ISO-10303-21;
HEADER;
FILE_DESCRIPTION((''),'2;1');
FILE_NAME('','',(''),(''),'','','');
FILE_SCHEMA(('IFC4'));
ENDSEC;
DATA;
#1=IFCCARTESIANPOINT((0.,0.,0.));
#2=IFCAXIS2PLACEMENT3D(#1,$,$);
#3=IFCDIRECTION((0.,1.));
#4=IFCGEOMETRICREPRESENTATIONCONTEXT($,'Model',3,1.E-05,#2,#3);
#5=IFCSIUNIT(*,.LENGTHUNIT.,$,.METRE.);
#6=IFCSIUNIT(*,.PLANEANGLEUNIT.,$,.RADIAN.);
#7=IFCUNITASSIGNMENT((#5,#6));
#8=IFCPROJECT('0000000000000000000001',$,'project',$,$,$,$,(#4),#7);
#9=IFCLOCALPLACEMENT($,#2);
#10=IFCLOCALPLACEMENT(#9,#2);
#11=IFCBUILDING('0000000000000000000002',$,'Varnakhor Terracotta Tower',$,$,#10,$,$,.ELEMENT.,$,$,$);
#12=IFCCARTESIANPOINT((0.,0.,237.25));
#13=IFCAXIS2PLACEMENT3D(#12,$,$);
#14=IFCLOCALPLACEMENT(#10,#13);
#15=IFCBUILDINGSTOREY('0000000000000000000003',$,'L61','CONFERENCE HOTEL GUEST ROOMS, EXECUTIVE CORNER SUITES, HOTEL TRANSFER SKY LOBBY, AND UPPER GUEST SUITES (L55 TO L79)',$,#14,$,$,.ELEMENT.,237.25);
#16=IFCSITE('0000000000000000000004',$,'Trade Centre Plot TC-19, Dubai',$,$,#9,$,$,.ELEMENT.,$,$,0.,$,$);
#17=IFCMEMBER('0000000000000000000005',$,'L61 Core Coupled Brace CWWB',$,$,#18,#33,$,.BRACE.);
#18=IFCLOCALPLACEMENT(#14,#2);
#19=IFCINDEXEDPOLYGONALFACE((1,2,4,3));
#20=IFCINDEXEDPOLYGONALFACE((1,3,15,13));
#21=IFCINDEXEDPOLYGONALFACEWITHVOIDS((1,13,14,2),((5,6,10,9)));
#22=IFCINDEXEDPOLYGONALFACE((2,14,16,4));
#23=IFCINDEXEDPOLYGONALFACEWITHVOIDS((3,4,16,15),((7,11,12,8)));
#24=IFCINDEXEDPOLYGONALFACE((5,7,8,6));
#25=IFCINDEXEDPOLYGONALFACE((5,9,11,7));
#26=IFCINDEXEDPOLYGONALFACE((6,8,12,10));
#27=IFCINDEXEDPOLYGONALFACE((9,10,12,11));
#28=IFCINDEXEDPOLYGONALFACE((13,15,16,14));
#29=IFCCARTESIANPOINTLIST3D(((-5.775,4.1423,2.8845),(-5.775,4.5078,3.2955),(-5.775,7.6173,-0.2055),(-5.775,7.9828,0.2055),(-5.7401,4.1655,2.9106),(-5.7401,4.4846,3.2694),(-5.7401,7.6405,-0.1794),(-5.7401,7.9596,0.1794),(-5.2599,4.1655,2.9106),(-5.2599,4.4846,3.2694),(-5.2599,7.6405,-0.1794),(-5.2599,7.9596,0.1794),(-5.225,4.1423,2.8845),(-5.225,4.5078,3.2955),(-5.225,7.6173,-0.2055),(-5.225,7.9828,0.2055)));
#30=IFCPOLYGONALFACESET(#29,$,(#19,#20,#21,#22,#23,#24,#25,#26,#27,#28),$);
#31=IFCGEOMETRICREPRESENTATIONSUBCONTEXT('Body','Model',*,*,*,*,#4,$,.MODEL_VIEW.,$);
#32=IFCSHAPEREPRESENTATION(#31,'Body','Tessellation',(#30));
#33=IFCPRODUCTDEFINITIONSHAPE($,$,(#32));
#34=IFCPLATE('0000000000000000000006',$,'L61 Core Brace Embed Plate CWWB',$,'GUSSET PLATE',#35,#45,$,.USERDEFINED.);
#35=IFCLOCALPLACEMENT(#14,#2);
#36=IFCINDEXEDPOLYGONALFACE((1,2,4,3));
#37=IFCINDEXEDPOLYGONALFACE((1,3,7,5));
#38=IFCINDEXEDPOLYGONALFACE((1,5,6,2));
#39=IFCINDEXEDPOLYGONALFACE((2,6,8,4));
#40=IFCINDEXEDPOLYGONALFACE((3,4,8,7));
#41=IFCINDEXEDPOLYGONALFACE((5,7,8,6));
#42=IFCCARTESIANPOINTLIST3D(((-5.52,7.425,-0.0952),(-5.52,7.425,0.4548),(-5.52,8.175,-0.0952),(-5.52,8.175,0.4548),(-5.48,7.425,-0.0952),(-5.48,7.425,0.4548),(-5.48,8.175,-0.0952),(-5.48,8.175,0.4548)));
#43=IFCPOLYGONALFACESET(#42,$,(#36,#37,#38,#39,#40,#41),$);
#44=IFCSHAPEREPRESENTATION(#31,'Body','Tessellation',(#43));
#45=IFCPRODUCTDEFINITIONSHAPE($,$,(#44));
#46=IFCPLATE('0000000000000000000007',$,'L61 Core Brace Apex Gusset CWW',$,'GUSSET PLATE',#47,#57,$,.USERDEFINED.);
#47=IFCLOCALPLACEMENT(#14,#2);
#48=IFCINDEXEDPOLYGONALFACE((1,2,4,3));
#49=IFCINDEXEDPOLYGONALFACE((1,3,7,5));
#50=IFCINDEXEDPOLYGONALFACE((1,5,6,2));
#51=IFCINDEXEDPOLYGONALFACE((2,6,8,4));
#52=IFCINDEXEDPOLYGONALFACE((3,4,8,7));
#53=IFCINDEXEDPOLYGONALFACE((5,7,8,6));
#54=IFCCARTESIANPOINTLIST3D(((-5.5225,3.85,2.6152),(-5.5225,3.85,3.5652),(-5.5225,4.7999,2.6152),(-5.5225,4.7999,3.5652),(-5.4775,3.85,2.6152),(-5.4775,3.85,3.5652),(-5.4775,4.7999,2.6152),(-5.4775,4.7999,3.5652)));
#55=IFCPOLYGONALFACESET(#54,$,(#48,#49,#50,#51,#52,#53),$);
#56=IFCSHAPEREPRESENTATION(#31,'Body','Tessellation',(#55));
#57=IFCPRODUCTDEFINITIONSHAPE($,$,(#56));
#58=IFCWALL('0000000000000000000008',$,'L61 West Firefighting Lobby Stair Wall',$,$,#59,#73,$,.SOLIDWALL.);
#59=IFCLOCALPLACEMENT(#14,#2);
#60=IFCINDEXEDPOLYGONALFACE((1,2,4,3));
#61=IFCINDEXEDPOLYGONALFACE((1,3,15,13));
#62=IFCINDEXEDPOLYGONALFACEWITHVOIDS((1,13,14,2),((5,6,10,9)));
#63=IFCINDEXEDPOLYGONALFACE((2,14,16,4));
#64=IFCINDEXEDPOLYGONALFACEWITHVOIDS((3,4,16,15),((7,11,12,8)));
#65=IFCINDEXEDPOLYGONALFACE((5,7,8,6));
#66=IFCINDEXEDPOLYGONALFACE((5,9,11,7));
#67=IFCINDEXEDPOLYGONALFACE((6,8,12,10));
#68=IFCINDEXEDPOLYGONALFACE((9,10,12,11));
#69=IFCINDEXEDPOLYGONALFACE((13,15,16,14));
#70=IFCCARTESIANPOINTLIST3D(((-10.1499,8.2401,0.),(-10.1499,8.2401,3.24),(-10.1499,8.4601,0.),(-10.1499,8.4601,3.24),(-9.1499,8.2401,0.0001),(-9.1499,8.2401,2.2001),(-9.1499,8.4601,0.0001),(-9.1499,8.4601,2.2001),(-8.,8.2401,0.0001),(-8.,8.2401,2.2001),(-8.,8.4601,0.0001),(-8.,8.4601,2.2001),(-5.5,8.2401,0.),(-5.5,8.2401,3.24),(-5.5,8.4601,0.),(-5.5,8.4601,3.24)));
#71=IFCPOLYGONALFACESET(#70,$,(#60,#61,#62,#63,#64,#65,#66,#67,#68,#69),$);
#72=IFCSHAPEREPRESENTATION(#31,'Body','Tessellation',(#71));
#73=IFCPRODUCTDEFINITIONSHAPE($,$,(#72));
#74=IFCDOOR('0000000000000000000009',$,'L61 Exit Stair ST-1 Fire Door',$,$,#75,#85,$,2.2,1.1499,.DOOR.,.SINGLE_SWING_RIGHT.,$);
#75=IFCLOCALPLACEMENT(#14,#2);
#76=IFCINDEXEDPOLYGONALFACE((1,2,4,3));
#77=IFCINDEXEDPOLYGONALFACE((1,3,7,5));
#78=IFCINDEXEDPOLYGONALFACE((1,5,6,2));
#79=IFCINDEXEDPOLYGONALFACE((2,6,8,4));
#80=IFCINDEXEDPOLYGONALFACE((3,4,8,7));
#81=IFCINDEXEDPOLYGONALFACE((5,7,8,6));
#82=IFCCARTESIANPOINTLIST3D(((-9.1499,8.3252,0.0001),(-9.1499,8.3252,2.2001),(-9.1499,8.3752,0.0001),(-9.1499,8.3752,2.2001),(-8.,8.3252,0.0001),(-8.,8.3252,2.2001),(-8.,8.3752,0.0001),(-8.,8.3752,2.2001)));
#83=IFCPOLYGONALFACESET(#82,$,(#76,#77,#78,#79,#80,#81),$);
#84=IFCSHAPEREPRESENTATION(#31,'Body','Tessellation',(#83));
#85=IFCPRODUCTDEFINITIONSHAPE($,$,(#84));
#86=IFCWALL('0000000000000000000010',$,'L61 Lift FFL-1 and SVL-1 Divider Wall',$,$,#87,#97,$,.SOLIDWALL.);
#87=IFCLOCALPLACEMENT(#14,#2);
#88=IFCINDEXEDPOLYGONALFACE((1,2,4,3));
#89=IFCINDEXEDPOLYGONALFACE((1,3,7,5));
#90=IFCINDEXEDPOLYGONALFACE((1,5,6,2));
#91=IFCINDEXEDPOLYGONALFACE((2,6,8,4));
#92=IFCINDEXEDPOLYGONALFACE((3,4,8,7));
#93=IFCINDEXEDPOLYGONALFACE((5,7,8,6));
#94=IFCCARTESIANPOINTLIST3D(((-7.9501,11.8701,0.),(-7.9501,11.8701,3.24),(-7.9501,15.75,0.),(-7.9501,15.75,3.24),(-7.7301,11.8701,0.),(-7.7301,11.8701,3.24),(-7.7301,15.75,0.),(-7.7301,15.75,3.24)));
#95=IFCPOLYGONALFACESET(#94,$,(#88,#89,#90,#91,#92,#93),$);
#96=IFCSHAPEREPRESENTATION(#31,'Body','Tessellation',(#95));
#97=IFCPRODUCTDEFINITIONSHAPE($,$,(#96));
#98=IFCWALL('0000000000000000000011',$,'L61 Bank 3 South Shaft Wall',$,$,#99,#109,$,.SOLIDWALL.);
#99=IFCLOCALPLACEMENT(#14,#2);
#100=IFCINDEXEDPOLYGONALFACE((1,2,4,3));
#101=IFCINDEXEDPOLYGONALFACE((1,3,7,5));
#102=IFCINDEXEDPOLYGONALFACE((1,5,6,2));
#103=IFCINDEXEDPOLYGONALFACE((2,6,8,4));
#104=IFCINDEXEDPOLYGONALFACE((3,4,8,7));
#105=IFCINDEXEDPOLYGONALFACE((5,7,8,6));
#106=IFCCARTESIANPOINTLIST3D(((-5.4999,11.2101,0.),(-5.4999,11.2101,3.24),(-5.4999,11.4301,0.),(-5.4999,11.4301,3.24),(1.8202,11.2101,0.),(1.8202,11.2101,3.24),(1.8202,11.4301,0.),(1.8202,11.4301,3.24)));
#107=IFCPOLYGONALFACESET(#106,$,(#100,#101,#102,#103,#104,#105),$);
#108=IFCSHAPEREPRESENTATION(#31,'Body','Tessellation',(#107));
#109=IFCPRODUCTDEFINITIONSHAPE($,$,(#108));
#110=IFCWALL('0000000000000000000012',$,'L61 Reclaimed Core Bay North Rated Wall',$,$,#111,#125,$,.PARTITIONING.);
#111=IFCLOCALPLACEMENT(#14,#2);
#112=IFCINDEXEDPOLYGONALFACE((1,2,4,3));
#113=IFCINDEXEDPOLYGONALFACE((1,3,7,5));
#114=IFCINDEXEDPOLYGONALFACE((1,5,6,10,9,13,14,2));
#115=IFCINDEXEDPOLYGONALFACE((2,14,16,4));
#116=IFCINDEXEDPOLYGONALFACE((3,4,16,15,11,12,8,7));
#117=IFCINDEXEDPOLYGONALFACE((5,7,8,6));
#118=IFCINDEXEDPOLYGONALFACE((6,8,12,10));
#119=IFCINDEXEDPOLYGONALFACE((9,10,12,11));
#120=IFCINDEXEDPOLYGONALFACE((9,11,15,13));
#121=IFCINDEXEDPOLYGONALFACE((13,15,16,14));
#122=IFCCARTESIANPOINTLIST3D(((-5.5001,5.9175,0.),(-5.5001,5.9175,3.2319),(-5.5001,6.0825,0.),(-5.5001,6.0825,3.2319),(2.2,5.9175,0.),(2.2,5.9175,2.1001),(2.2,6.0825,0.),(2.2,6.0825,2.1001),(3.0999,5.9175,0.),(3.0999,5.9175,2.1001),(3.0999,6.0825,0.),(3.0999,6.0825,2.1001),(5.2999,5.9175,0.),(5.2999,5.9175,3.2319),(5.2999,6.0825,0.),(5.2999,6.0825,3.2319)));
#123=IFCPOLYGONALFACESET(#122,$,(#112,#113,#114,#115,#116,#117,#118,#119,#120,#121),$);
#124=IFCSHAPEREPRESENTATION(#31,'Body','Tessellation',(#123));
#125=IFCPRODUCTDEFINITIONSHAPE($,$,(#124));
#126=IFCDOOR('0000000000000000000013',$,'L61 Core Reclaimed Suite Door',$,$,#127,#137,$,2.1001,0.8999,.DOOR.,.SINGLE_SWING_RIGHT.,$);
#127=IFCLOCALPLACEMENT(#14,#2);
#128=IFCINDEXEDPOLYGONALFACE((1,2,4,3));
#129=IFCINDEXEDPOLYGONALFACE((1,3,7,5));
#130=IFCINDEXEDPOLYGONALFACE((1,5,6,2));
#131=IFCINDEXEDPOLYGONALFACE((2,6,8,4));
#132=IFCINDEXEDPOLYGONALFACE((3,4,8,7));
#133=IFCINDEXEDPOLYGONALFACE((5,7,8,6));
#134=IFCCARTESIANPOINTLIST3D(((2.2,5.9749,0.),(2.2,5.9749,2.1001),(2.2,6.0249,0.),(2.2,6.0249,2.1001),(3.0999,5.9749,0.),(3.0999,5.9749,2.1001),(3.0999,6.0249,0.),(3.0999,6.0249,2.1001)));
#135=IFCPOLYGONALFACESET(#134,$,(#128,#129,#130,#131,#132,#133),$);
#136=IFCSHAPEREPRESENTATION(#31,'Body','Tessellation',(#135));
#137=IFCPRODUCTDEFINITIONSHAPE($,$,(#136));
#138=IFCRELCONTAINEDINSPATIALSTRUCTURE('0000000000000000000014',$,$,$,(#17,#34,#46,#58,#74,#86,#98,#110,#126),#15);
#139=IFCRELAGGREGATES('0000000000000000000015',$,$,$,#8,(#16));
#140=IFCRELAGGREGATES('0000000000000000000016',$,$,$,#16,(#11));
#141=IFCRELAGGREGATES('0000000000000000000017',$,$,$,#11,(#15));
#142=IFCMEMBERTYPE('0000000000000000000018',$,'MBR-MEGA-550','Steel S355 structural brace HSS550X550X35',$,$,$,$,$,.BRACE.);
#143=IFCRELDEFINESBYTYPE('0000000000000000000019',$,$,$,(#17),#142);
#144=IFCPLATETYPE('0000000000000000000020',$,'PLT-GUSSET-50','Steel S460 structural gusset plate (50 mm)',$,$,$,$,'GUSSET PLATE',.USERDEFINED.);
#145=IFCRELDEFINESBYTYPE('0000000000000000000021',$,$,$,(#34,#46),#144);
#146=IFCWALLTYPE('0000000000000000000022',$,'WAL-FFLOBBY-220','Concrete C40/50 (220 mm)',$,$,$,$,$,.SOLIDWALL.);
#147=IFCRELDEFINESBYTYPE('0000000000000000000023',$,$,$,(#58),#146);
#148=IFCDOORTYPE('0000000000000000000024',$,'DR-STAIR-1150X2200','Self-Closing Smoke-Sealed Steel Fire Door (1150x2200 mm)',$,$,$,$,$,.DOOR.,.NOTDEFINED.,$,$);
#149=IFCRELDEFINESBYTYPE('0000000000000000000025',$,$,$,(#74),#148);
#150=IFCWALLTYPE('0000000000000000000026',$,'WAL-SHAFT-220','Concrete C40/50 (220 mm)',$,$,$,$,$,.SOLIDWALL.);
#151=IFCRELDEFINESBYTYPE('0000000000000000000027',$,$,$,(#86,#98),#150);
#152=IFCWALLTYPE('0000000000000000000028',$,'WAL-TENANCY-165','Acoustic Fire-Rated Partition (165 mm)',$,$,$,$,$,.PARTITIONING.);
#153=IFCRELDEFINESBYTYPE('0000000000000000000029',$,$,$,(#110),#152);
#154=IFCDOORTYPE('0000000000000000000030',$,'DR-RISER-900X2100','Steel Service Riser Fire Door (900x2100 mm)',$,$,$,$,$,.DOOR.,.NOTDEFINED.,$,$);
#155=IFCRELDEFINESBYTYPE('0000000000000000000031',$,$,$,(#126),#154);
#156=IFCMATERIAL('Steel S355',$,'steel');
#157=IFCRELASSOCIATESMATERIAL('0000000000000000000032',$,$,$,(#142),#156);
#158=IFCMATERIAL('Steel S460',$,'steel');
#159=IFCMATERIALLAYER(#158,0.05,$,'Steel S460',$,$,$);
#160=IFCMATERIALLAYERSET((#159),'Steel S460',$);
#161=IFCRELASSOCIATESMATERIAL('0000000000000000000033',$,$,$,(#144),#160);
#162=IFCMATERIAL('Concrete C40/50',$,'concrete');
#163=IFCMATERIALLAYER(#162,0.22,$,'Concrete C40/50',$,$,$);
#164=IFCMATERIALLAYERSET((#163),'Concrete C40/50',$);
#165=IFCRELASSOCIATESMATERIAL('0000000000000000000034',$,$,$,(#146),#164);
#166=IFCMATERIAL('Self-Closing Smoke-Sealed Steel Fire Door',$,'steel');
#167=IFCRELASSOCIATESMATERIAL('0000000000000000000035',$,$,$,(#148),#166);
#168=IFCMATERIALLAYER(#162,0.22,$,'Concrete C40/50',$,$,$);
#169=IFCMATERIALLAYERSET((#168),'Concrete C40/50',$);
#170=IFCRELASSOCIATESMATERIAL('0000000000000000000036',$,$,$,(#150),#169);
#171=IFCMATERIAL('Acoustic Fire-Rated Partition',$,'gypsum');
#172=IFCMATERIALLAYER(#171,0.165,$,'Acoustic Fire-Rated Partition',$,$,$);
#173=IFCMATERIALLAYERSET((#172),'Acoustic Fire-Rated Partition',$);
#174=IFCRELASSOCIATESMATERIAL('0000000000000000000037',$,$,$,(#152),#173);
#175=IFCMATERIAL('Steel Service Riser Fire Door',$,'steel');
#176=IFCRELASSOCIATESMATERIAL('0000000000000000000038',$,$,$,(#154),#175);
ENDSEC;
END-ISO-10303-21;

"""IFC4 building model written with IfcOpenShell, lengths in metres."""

from ifc_helpers import new_model, si_unit, direction, frame, frame_2d, origin, origin_2d, place, context, subcontext, project, spatial, rectangle, hollow_rectangle, extrude, source, transform, mapped, material, layer, layer_set, material_profile, profile_set, type_object, type_shapes, element, fill, save


model = new_model("IFC4")

# Units and contexts
model_context = context("Model", 3, precision=1e-05, world=origin(), true_north=direction((0.0, 1.0)))
body_context = subcontext(model_context, "Body", "Model", "MODEL_VIEW")
ifc_project = project(units=[si_unit("LENGTHUNIT", "METRE"), si_unit("PLANEANGLEUNIT", "RADIAN")], contexts=[model_context])

# Site, building, storey
site_placement = place(None, origin())
site = spatial("IfcSite", under=ifc_project, at=site_placement, Name="Trade Centre Plot TC-19, Dubai", CompositionType="ELEMENT", RefElevation=0.0)
building_placement = place(site_placement, origin())
building = spatial("IfcBuilding", under=site, at=building_placement, Name="Varnakhor Terracotta Tower", CompositionType="ELEMENT")
storey_placement = place(building_placement, frame((0.0, 0.0, 237.25)))
storey = spatial("IfcBuildingStorey", under=building, at=storey_placement, Name="L61", Description="CONFERENCE HOTEL GUEST ROOMS, EXECUTIVE CORNER SUITES, HOTEL TRANSFER SKY LOBBY, AND UPPER GUEST SUITES (L55 TO L79)", CompositionType="ELEMENT", Elevation=237.25)

# Member
ifc_material_1 = material(Name="Steel S355", Category="steel")
ifc_material_profile = material_profile(ifc_material_1, hollow_rectangle(XDim=0.55, YDim=0.55, WallThickness=0.0349, at=origin_2d()), Name="HSS550X550X35")
ifc_profile_set = profile_set([ifc_material_profile], Name="Steel S355")
member_type = type_object("IfcMemberType", Name="MBR-MEGA-550", Description="Steel S355 structural brace HSS550X550X35", PredefinedType="BRACE", material=ifc_profile_set)
shared_shape_1 = source(origin(), body_context, "Body", "SweptSolid", [
    extrude(hollow_rectangle(XDim=0.55, YDim=0.55, WallThickness=0.0349, at=origin_2d()), origin(), (0.0, 0.0, 1.0), 4.6501),
])
member_placement = place(storey_placement, frame((-5.5, 7.8, 0.0), z_axis=(0.0, -0.747291, 0.664497), x_axis=(1.0, 0.0, 0.0)))
element("IfcMember", 1, at=member_placement, inside=storey, type_object=member_type, Name="L61 Core Coupled Brace CWWB", PredefinedType="BRACE", context=body_context, shape_type="MappedRepresentation", body=[
    mapped(shared_shape_1, transform((0.0, 0.0, 0.0), scale=1.0)),
])

# Plates
ifc_material_2 = material(Name="Steel S460", Category="steel")
ifc_layer_1 = layer(ifc_material_2, 0.05, Name="Steel S460")
ifc_layer_set_1 = layer_set([ifc_layer_1], Name="Steel S460")
plate_type = type_object("IfcPlateType", Name="PLT-GUSSET-50", Description="Steel S460 structural gusset plate (50 mm)", ElementType="GUSSET PLATE", PredefinedType="USERDEFINED", material=ifc_layer_set_1)
shared_shape_2 = source(origin(), body_context, "Body", "SweptSolid", [
    extrude(rectangle(XDim=0.75, YDim=0.04, at=origin_2d()), origin(), (0.0, 0.0, 1.0), 0.55),
])
type_shapes(plate_type, [shared_shape_2])
plate_1_placement = place(storey_placement, frame((-5.5, 7.8, -0.0952), z_axis=(0.0, 0.0, 1.0), x_axis=(0.0, 1.0, 0.0)))
element("IfcPlate", 2, at=plate_1_placement, inside=storey, type_object=plate_type, Name="L61 Core Brace Embed Plate CWWB", ObjectType="GUSSET PLATE", PredefinedType="USERDEFINED", context=body_context, shape_type="MappedRepresentation", body=[
    mapped(shared_shape_2, transform((0.0, 0.0, 0.0), scale=1.0)),
])
shared_shape_3 = source(origin(), body_context, "Body", "SweptSolid", [
    extrude(rectangle(XDim=0.95, YDim=0.0449, at=origin_2d()), origin(), (0.0, 0.0, 1.0), 0.95),
])
plate_2_placement = place(storey_placement, frame((-5.5, 4.325, 2.6152), z_axis=(0.0, 0.0, 1.0), x_axis=(0.0, 1.0, 0.0)))
element("IfcPlate", 3, at=plate_2_placement, inside=storey, type_object=plate_type, Name="L61 Core Brace Apex Gusset CWW", ObjectType="GUSSET PLATE", PredefinedType="USERDEFINED", context=body_context, shape_type="MappedRepresentation", body=[
    mapped(shared_shape_3, transform((0.0, 0.0, 0.0), scale=1.0)),
])

# Wall, opening, door
ifc_material_3 = material(Name="Concrete C40/50", Category="concrete")
ifc_layer_2 = layer(ifc_material_3, 0.22, Name="Concrete C40/50")
ifc_layer_set_2 = layer_set([ifc_layer_2], Name="Concrete C40/50")
wall_type_1 = type_object("IfcWallType", Name="WAL-FFLOBBY-220", Description="Concrete C40/50 (220 mm)", PredefinedType="SOLIDWALL", material=ifc_layer_set_2)
wall_1_placement = place(storey_placement, frame((-5.5, 8.3501, 0.0), z_axis=(0.0, 0.0, 1.0), x_axis=(-1.0, 0.0, 0.0)))
wall_1 = element("IfcWall", 4, at=wall_1_placement, inside=storey, type_object=wall_type_1, Name="L61 West Firefighting Lobby Stair Wall", PredefinedType="SOLIDWALL", context=body_context, shape_type="SweptSolid", body=[
    extrude(rectangle(XDim=4.6499, YDim=0.22, at=frame_2d((2.325, 0.0))), origin(), (0.0, 0.0, 1.0), 3.24),
])
opening_1_placement = place(wall_1_placement, frame((2.5, 0.0, 0.0)))
opening_1 = element("IfcOpeningElement", 5, at=opening_1_placement, cuts=wall_1, PredefinedType="OPENING", context=body_context, shape_type="SweptSolid", body=[
    extrude(rectangle(XDim=1.1499, YDim=2.2, at=frame_2d((0.575, 1.1001))), frame((0.0, 0.1201, 0.0), z_axis=(0.0, -1.0, 0.0), x_axis=(1.0, 0.0, 0.0)), (0.0, 0.0, 1.0), 0.24),
])
ifc_material_4 = material(Name="Self-Closing Smoke-Sealed Steel Fire Door", Category="steel")
door_type_1 = type_object("IfcDoorType", Name="DR-STAIR-1150X2200", Description="Self-Closing Smoke-Sealed Steel Fire Door (1150x2200 mm)", OperationType="NOTDEFINED", PredefinedType="DOOR", material=ifc_material_4)
shared_shape_4 = source(origin(), body_context, "Body", "SweptSolid", [
    extrude(rectangle(XDim=1.1499, YDim=2.2, at=frame_2d((0.575, 1.1001))), frame((0.0, 0.0249, 0.0), z_axis=(0.0, -1.0, 0.0), x_axis=(1.0, 0.0, 0.0)), (0.0, 0.0, 1.0), 0.05),
])
type_shapes(door_type_1, [shared_shape_4])
door_1_placement = place(opening_1_placement, origin())
door_1 = element("IfcDoor", 6, at=door_1_placement, inside=storey, type_object=door_type_1, Name="L61 Exit Stair ST-1 Fire Door", OperationType="SINGLE_SWING_RIGHT", OverallHeight=2.2, OverallWidth=1.1499, PredefinedType="DOOR", context=body_context, shape_type="MappedRepresentation", body=[
    mapped(shared_shape_4, transform((0.0, 0.0, 0.0), scale=1.0)),
])
fill(opening_1, door_1)

# Walls
ifc_layer_3 = layer(ifc_material_3, 0.22, Name="Concrete C40/50")
ifc_layer_set_3 = layer_set([ifc_layer_3], Name="Concrete C40/50")
wall_type_2 = type_object("IfcWallType", Name="WAL-SHAFT-220", Description="Concrete C40/50 (220 mm)", PredefinedType="SOLIDWALL", material=ifc_layer_set_3)
wall_2_placement = place(storey_placement, frame((-7.8401, 11.8701, 0.0), z_axis=(0.0, 0.0, 1.0), x_axis=(0.0, 1.0, 0.0)))
element("IfcWall", 7, at=wall_2_placement, inside=storey, type_object=wall_type_2, Name="L61 Lift FFL-1 and SVL-1 Divider Wall", PredefinedType="SOLIDWALL", context=body_context, shape_type="SweptSolid", body=[
    extrude(rectangle(XDim=3.8799, YDim=0.22, at=frame_2d((1.9399, 0.0))), origin(), (0.0, 0.0, 1.0), 3.24),
])
wall_3_placement = place(storey_placement, frame((-5.5, 11.3201, 0.0), z_axis=(0.0, 0.0, 1.0), x_axis=(1.0, 0.0, 0.0)))
element("IfcWall", 8, at=wall_3_placement, inside=storey, type_object=wall_type_2, Name="L61 Bank 3 South Shaft Wall", PredefinedType="SOLIDWALL", context=body_context, shape_type="SweptSolid", body=[
    extrude(rectangle(XDim=7.3201, YDim=0.22, at=frame_2d((3.6602, 0.0))), origin(), (0.0, 0.0, 1.0), 3.24),
])

# Wall, opening, door
ifc_material_5 = material(Name="Acoustic Fire-Rated Partition", Category="gypsum")
ifc_layer_4 = layer(ifc_material_5, 0.165, Name="Acoustic Fire-Rated Partition")
ifc_layer_set_4 = layer_set([ifc_layer_4], Name="Acoustic Fire-Rated Partition")
wall_type_3 = type_object("IfcWallType", Name="WAL-TENANCY-165", Description="Acoustic Fire-Rated Partition (165 mm)", PredefinedType="PARTITIONING", material=ifc_layer_set_4)
wall_4_placement = place(storey_placement, frame((-5.5, 6.0, 0.0), z_axis=(0.0, 0.0, 1.0), x_axis=(1.0, 0.0, 0.0)))
wall_4 = element("IfcWall", 9, at=wall_4_placement, inside=storey, type_object=wall_type_3, Name="L61 Reclaimed Core Bay North Rated Wall", PredefinedType="PARTITIONING", context=body_context, shape_type="SweptSolid", body=[
    extrude(rectangle(XDim=10.8, YDim=0.165, at=frame_2d((5.3999, 0.0))), origin(), (0.0, 0.0, 1.0), 3.2319),
])
opening_2_placement = place(wall_4_placement, frame((7.7, 0.0, 0.0)))
opening_2 = element("IfcOpeningElement", 10, at=opening_2_placement, cuts=wall_4, PredefinedType="OPENING", context=body_context, shape_type="SweptSolid", body=[
    extrude(rectangle(XDim=0.8999, YDim=2.1001, at=frame_2d((0.45, 1.05))), frame((0.0, 0.0925, 0.0), z_axis=(0.0, -1.0, 0.0), x_axis=(1.0, 0.0, 0.0)), (0.0, 0.0, 1.0), 0.1851),
])
ifc_material_6 = material(Name="Steel Service Riser Fire Door", Category="steel")
door_type_2 = type_object("IfcDoorType", Name="DR-RISER-900X2100", Description="Steel Service Riser Fire Door (900x2100 mm)", OperationType="NOTDEFINED", PredefinedType="DOOR", material=ifc_material_6)
shared_shape_5 = source(origin(), body_context, "Body", "SweptSolid", [
    extrude(rectangle(XDim=0.8999, YDim=2.1001, at=frame_2d((0.45, 1.05))), frame((0.0, 0.0249, 0.0), z_axis=(0.0, -1.0, 0.0), x_axis=(1.0, 0.0, 0.0)), (0.0, 0.0, 1.0), 0.05),
])
type_shapes(door_type_2, [shared_shape_5])
door_2_placement = place(opening_2_placement, origin())
door_2 = element("IfcDoor", 11, at=door_2_placement, inside=storey, type_object=door_type_2, Name="L61 Core Reclaimed Suite Door", OperationType="SINGLE_SWING_RIGHT", OverallHeight=2.1001, OverallWidth=0.8999, PredefinedType="DOOR", context=body_context, shape_type="MappedRepresentation", body=[
    mapped(shared_shape_5, transform((0.0, 0.0, 0.0), scale=1.0)),
])
fill(opening_2, door_2)

save(model, "model.ifc")
